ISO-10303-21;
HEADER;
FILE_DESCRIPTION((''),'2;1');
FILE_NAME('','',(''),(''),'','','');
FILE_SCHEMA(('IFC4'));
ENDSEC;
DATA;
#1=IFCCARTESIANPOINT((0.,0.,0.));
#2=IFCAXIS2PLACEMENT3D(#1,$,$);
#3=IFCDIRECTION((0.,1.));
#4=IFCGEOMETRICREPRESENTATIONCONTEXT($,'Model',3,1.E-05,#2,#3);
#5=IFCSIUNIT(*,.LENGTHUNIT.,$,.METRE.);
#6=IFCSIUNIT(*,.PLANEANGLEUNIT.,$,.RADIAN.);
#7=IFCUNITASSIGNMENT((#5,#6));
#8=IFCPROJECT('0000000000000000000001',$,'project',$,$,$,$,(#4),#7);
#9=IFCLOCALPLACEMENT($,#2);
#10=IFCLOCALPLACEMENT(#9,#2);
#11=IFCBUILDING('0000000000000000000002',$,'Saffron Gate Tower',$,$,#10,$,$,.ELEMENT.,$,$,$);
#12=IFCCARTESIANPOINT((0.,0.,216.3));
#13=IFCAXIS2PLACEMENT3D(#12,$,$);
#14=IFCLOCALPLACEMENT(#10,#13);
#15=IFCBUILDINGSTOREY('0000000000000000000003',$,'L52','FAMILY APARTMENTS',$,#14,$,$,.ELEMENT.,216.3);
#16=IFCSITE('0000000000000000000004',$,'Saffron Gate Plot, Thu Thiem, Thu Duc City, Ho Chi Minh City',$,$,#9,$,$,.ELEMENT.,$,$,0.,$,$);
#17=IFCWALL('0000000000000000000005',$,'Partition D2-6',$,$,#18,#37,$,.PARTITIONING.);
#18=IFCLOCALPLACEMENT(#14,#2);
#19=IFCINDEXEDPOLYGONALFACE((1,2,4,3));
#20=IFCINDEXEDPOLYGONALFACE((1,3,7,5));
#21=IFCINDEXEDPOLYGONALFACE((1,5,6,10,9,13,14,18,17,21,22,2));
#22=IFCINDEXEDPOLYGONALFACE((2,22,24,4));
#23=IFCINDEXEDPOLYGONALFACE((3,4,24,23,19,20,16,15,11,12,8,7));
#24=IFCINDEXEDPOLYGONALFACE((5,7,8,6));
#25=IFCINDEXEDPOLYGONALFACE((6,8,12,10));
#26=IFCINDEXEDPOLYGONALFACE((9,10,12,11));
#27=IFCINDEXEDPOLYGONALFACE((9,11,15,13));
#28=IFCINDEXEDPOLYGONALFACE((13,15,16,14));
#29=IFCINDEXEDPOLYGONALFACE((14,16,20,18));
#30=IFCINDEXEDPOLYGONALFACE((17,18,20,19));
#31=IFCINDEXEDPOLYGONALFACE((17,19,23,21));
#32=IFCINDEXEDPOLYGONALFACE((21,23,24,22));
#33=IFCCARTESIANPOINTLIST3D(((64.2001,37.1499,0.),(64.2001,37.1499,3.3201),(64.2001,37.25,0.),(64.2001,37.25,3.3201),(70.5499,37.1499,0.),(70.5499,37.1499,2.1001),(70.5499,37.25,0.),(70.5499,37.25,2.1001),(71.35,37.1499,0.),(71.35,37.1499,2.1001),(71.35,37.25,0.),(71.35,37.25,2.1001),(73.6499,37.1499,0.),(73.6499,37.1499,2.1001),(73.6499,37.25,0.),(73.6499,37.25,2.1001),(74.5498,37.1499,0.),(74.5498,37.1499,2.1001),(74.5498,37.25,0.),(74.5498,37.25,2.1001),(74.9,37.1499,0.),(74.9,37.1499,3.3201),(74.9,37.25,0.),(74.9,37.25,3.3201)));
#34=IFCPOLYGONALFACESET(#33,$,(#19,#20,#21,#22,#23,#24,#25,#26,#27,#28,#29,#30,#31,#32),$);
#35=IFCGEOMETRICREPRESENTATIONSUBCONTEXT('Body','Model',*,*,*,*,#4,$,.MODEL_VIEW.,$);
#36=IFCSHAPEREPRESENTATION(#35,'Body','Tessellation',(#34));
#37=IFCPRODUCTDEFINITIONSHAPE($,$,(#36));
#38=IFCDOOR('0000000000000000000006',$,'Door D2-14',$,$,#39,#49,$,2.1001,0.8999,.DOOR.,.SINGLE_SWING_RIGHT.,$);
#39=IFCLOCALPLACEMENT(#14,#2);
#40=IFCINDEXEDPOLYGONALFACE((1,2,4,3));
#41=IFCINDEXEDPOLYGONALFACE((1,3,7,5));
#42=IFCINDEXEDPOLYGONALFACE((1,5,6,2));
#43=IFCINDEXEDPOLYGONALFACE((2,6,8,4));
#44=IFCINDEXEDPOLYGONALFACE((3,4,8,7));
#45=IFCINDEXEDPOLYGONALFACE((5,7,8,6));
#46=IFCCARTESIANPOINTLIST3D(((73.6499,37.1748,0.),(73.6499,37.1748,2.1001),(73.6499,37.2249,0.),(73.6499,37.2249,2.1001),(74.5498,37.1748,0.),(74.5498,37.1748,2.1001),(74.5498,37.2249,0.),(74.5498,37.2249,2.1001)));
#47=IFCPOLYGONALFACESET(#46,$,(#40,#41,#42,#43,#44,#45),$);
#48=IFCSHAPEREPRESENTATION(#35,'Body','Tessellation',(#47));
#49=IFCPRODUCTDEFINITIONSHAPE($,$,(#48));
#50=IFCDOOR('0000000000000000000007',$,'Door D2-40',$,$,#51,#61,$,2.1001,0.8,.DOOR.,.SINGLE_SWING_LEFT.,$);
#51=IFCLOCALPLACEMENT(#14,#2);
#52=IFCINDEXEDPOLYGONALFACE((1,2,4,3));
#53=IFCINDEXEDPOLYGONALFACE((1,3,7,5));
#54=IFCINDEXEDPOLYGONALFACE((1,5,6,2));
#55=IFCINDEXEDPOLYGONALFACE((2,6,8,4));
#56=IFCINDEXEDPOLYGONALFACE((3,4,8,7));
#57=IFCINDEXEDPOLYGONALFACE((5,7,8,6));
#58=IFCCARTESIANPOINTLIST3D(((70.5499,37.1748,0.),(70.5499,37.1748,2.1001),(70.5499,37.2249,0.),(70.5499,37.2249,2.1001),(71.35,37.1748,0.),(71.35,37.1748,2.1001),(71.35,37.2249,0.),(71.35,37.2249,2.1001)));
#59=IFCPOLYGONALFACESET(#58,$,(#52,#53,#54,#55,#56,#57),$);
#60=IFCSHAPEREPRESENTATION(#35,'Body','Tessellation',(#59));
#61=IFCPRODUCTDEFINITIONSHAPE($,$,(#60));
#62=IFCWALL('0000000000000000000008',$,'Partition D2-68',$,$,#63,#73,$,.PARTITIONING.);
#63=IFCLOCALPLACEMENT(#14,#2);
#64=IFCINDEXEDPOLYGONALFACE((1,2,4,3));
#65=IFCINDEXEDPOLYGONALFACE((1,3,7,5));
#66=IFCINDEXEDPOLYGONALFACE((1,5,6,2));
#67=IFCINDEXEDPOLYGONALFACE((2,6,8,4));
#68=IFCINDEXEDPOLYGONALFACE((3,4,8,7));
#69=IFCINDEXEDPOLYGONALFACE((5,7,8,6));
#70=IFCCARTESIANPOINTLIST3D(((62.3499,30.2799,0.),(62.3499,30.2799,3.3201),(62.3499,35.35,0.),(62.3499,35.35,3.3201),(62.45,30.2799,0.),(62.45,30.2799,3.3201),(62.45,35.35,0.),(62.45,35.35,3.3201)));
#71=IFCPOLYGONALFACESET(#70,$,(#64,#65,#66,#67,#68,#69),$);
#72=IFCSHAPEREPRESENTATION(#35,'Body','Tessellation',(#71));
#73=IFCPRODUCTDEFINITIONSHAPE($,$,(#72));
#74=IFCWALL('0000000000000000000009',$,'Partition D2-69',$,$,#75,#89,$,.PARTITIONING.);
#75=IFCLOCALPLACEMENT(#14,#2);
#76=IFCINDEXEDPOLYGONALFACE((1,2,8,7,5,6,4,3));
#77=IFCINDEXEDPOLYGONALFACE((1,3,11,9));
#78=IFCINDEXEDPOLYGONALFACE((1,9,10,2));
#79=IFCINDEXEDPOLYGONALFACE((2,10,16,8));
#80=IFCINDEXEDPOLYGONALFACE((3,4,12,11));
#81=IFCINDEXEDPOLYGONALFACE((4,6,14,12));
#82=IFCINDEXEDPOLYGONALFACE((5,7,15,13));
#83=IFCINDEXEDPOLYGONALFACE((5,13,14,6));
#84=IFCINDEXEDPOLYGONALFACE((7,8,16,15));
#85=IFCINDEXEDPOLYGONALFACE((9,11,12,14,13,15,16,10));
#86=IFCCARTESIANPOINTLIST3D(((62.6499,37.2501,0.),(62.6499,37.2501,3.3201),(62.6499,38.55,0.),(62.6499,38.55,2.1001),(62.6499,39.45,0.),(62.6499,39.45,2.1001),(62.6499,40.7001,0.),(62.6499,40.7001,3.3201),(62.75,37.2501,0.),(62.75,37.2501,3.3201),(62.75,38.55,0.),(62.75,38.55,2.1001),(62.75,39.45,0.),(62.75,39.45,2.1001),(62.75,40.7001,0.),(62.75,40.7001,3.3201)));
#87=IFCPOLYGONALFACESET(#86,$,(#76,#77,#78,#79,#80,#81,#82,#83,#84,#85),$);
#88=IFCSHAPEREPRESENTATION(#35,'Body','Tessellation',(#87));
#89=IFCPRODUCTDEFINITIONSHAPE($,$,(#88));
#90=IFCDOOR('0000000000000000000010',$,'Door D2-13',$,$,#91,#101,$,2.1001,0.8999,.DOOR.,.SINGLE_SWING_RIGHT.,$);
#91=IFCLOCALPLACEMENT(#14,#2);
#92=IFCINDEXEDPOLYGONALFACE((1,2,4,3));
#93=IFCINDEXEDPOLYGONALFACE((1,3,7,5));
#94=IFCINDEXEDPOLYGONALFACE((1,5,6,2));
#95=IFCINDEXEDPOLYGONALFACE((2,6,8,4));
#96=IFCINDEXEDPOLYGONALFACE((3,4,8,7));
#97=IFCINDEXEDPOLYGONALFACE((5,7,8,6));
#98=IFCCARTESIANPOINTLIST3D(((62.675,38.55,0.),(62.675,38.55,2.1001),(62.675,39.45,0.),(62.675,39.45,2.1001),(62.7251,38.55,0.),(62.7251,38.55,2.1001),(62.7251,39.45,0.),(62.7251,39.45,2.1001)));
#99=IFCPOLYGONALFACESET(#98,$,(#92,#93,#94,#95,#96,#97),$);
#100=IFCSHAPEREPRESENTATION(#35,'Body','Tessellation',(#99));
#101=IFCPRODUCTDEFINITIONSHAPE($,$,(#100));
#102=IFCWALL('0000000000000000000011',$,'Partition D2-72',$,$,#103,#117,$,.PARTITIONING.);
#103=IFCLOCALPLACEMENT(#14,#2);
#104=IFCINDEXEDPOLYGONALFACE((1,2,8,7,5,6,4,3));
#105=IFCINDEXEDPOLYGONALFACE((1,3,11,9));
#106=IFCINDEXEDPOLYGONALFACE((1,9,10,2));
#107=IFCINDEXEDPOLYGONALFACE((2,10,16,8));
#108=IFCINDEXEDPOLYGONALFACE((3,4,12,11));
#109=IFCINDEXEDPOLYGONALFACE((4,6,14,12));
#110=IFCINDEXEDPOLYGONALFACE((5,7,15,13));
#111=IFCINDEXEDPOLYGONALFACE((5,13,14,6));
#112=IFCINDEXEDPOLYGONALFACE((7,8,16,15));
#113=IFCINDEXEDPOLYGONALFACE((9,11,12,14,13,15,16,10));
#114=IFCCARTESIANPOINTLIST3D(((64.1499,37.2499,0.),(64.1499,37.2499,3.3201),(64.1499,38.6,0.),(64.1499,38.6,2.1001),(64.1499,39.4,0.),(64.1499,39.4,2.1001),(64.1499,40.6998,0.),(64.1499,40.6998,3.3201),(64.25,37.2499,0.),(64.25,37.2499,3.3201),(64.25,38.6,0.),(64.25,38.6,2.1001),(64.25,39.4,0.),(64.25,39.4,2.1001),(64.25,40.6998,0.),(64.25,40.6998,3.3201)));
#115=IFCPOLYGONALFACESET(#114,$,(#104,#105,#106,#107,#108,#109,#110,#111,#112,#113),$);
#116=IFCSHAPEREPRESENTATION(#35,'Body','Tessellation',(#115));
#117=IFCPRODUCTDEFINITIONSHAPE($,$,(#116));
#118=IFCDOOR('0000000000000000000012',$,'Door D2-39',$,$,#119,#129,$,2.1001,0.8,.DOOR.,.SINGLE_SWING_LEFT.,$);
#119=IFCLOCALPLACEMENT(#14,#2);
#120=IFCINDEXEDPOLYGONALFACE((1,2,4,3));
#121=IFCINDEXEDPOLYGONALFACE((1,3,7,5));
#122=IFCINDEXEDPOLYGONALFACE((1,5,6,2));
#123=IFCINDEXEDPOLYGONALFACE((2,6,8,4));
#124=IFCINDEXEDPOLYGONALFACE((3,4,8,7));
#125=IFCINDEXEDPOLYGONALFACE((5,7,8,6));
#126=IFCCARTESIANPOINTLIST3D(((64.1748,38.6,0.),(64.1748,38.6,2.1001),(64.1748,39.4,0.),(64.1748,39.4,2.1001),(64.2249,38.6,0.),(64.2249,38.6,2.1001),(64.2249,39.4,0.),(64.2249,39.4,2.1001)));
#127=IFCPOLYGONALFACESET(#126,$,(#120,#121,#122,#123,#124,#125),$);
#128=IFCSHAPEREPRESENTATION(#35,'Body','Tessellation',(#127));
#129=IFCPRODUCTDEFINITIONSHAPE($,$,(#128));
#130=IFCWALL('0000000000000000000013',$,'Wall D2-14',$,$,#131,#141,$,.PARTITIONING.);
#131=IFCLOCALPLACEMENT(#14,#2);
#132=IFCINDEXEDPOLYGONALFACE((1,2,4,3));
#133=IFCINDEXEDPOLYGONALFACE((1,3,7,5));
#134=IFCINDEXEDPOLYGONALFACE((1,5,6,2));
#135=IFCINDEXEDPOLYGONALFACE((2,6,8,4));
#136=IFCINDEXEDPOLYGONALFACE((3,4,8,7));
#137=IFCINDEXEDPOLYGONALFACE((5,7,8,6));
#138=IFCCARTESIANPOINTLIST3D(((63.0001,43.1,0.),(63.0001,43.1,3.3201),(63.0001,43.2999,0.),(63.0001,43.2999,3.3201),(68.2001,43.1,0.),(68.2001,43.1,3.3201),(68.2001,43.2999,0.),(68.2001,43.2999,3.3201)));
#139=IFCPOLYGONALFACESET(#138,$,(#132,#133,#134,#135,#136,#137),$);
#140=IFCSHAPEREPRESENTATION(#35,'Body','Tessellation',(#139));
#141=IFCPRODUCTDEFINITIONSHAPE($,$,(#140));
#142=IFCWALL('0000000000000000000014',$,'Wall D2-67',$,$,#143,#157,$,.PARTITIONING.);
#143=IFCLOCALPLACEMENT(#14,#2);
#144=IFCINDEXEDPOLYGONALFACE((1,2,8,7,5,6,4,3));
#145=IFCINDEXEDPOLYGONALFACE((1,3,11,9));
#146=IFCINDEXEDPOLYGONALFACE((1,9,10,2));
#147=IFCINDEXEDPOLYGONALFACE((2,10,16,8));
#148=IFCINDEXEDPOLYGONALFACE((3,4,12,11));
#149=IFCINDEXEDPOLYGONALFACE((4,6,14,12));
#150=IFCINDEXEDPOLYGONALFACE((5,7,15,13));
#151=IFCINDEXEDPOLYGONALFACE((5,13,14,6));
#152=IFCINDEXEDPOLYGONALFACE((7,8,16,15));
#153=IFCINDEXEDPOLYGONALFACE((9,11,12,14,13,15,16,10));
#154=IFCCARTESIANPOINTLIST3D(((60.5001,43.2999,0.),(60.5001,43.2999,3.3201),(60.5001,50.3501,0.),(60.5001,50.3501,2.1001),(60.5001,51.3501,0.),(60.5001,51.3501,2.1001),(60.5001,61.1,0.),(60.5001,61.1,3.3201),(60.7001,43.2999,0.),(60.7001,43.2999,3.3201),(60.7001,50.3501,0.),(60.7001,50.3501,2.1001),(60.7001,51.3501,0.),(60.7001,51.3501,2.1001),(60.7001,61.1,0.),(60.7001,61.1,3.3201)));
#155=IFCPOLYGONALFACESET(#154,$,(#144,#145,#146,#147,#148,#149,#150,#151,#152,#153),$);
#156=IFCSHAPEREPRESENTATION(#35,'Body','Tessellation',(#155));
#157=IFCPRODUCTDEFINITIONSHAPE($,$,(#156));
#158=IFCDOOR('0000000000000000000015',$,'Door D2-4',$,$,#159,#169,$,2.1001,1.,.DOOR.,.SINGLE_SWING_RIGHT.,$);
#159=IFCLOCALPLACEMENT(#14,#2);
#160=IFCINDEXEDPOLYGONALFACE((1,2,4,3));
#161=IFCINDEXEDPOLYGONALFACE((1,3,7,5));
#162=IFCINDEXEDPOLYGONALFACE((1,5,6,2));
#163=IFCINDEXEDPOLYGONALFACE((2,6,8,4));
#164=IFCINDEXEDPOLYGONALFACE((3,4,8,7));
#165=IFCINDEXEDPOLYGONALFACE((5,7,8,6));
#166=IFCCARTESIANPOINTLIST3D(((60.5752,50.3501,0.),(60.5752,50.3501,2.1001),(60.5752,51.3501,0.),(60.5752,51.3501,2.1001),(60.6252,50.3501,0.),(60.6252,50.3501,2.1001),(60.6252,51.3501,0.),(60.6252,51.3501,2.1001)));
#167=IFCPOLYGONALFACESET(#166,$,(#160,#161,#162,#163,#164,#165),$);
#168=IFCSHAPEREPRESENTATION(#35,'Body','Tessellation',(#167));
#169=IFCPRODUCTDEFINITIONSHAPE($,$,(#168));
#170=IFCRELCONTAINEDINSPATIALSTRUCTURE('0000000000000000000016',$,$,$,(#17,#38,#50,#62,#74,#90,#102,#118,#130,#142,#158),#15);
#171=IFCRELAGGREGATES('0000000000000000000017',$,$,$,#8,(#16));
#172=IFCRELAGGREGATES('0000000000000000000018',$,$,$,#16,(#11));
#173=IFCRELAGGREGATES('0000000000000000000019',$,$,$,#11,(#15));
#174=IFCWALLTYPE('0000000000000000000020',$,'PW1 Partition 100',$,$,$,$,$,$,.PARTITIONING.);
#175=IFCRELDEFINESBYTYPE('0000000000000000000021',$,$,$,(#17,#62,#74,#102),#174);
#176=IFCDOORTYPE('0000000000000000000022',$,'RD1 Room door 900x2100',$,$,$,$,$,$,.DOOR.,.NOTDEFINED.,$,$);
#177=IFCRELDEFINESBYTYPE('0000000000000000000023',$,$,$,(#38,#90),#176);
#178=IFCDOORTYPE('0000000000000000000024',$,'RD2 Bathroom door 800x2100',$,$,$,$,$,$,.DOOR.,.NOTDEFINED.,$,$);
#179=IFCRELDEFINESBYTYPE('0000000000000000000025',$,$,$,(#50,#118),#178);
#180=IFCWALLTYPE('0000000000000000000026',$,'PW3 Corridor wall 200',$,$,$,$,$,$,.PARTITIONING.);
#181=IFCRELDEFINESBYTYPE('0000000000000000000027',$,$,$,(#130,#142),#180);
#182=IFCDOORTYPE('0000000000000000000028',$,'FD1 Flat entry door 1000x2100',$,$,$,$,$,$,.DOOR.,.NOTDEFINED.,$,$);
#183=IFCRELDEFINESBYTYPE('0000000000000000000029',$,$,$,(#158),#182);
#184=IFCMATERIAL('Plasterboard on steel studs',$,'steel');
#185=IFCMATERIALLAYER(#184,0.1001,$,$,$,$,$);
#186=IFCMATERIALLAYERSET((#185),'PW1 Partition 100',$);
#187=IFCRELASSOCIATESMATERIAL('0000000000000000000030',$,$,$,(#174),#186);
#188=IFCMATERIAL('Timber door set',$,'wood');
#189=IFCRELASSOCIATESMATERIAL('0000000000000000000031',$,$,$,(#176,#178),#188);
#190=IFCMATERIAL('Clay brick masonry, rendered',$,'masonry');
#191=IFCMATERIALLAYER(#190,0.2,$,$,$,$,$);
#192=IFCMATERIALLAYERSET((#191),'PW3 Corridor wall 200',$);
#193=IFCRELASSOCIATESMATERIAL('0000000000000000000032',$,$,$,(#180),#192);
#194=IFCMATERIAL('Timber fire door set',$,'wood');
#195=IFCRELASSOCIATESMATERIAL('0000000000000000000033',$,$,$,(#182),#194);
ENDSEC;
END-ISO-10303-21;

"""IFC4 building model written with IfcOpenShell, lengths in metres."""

from ifc_helpers import new_model, si_unit, direction, frame, frame_2d, origin, place, context, subcontext, project, spatial, rectangle, extrude, material, layer, layer_set, type_object, element, fill, save


model = new_model("IFC4")

# Units and contexts
model_context = context("Model", 3, precision=1e-05, world=origin(), true_north=direction((0.0, 1.0)))
body_context = subcontext(model_context, "Body", "Model", "MODEL_VIEW")
ifc_project = project(units=[si_unit("LENGTHUNIT", "METRE"), si_unit("PLANEANGLEUNIT", "RADIAN")], contexts=[model_context])

# Site, building, storey
site_placement = place(None, origin())
site = spatial("IfcSite", under=ifc_project, at=site_placement, Name="Saffron Gate Plot, Thu Thiem, Thu Duc City, Ho Chi Minh City", CompositionType="ELEMENT", RefElevation=0.0)
building_placement = place(site_placement, origin())
building = spatial("IfcBuilding", under=site, at=building_placement, Name="Saffron Gate Tower", CompositionType="ELEMENT")
storey_placement = place(building_placement, frame((0.0, 0.0, 216.3)))
storey = spatial("IfcBuildingStorey", under=building, at=storey_placement, Name="L52", Description="FAMILY APARTMENTS", CompositionType="ELEMENT", Elevation=216.3)

# Wall, openings, doors
ifc_material_1 = material(Name="Plasterboard on steel studs", Category="steel")
ifc_layer_1 = layer(ifc_material_1, 0.1001)
ifc_layer_set_1 = layer_set([ifc_layer_1], Name="PW1 Partition 100")
wall_type_1 = type_object("IfcWallType", Name="PW1 Partition 100", PredefinedType="PARTITIONING", material=ifc_layer_set_1)
wall_1_placement = place(storey_placement, frame((64.2, 37.2, 0.0), z_axis=(0.0, 0.0, 1.0), x_axis=(1.0, 0.0, 0.0)))
wall_1 = element("IfcWall", 1, at=wall_1_placement, inside=storey, type_object=wall_type_1, Name="Partition D2-6", PredefinedType="PARTITIONING", context=body_context, shape_type="SweptSolid", body=[
    extrude(rectangle(XDim=10.7, YDim=0.1001, at=frame_2d((5.3501, 0.0))), origin(), (0.0, 0.0, 1.0), 3.3201),
])
opening_1_placement = place(wall_1_placement, frame((6.3501, 0.0, 0.0)))
opening_1 = element("IfcOpeningElement", 2, at=opening_1_placement, cuts=wall_1, PredefinedType="OPENING", context=body_context, shape_type="SweptSolid", body=[
    extrude(rectangle(XDim=0.8, YDim=2.1001, at=frame_2d((0.3999, 1.05))), frame((0.0, 0.0601, 0.0), z_axis=(0.0, -1.0, 0.0), x_axis=(1.0, 0.0, 0.0)), (0.0, 0.0, 1.0), 0.1201),
])
opening_2_placement = place(wall_1_placement, frame((9.45, 0.0, 0.0)))
opening_2 = element("IfcOpeningElement", 3, at=opening_2_placement, cuts=wall_1, PredefinedType="OPENING", context=body_context, shape_type="SweptSolid", body=[
    extrude(rectangle(XDim=0.8999, YDim=2.1001, at=frame_2d((0.45, 1.05))), frame((0.0, 0.0601, 0.0), z_axis=(0.0, -1.0, 0.0), x_axis=(1.0, 0.0, 0.0)), (0.0, 0.0, 1.0), 0.1201),
])
ifc_material_2 = material(Name="Timber door set", Category="wood")
door_type_1 = type_object("IfcDoorType", Name="RD1 Room door 900x2100", OperationType="NOTDEFINED", PredefinedType="DOOR", material=ifc_material_2)
door_1_placement = place(opening_2_placement, origin())
door_1 = element("IfcDoor", 4, at=door_1_placement, inside=storey, type_object=door_type_1, Name="Door D2-14", OperationType="SINGLE_SWING_RIGHT", OverallHeight=2.1001, OverallWidth=0.8999, PredefinedType="DOOR", context=body_context, shape_type="SweptSolid", body=[
    extrude(rectangle(XDim=0.8999, YDim=2.1001, at=frame_2d((0.45, 1.05))), frame((0.0, 0.0249, 0.0), z_axis=(0.0, -1.0, 0.0), x_axis=(1.0, 0.0, 0.0)), (0.0, 0.0, 1.0), 0.05),
])
fill(opening_2, door_1)
door_type_2 = type_object("IfcDoorType", Name="RD2 Bathroom door 800x2100", OperationType="NOTDEFINED", PredefinedType="DOOR", material=ifc_material_2)
door_2_placement = place(opening_1_placement, origin())
door_2 = element("IfcDoor", 5, at=door_2_placement, inside=storey, type_object=door_type_2, Name="Door D2-40", OperationType="SINGLE_SWING_LEFT", OverallHeight=2.1001, OverallWidth=0.8, PredefinedType="DOOR", context=body_context, shape_type="SweptSolid", body=[
    extrude(rectangle(XDim=0.8, YDim=2.1001, at=frame_2d((0.3999, 1.05))), frame((0.0, 0.0249, 0.0), z_axis=(0.0, -1.0, 0.0), x_axis=(1.0, 0.0, 0.0)), (0.0, 0.0, 1.0), 0.05),
])
fill(opening_1, door_2)

# Wall
wall_2_placement = place(storey_placement, frame((62.3999, 35.3501, 0.0), z_axis=(0.0, 0.0, 1.0), x_axis=(0.0, -1.0, 0.0)))
element("IfcWall", 6, at=wall_2_placement, inside=storey, type_object=wall_type_1, Name="Partition D2-68", PredefinedType="PARTITIONING", context=body_context, shape_type="SweptSolid", body=[
    extrude(rectangle(XDim=5.0701, YDim=0.1001, at=frame_2d((2.5352, 0.0))), origin(), (0.0, 0.0, 1.0), 3.3201),
])

# Walls, openings, doors
wall_3_placement = place(storey_placement, frame((62.7, 37.25, 0.0), z_axis=(0.0, 0.0, 1.0), x_axis=(0.0, 1.0, 0.0)))
wall_3 = element("IfcWall", 7, at=wall_3_placement, inside=storey, type_object=wall_type_1, Name="Partition D2-69", PredefinedType="PARTITIONING", context=body_context, shape_type="SweptSolid", body=[
    extrude(rectangle(XDim=3.45, YDim=0.1001, at=frame_2d((1.7251, 0.0))), origin(), (0.0, 0.0, 1.0), 3.3201),
])
opening_3_placement = place(wall_3_placement, frame((1.3, 0.0, 0.0)))
opening_3 = element("IfcOpeningElement", 8, at=opening_3_placement, cuts=wall_3, PredefinedType="OPENING", context=body_context, shape_type="SweptSolid", body=[
    extrude(rectangle(XDim=0.8999, YDim=2.1001, at=frame_2d((0.45, 1.05))), frame((0.0, 0.0601, 0.0), z_axis=(0.0, -1.0, 0.0), x_axis=(1.0, 0.0, 0.0)), (0.0, 0.0, 1.0), 0.1201),
])
door_3_placement = place(opening_3_placement, origin())
door_3 = element("IfcDoor", 9, at=door_3_placement, inside=storey, type_object=door_type_1, Name="Door D2-13", OperationType="SINGLE_SWING_RIGHT", OverallHeight=2.1001, OverallWidth=0.8999, PredefinedType="DOOR", context=body_context, shape_type="SweptSolid", body=[
    extrude(rectangle(XDim=0.8999, YDim=2.1001, at=frame_2d((0.45, 1.05))), frame((0.0, 0.0249, 0.0), z_axis=(0.0, -1.0, 0.0), x_axis=(1.0, 0.0, 0.0)), (0.0, 0.0, 1.0), 0.05),
])
fill(opening_3, door_3)
wall_4_placement = place(storey_placement, frame((64.2, 40.7, 0.0), z_axis=(0.0, 0.0, 1.0), x_axis=(0.0, -1.0, 0.0)))
wall_4 = element("IfcWall", 10, at=wall_4_placement, inside=storey, type_object=wall_type_1, Name="Partition D2-72", PredefinedType="PARTITIONING", context=body_context, shape_type="SweptSolid", body=[
    extrude(rectangle(XDim=3.45, YDim=0.1001, at=frame_2d((1.7251, 0.0))), origin(), (0.0, 0.0, 1.0), 3.3201),
])
opening_4_placement = place(wall_4_placement, frame((1.3, 0.0, 0.0)))
opening_4 = element("IfcOpeningElement", 11, at=opening_4_placement, cuts=wall_4, PredefinedType="OPENING", context=body_context, shape_type="SweptSolid", body=[
    extrude(rectangle(XDim=0.8, YDim=2.1001, at=frame_2d((0.3999, 1.05))), frame((0.0, 0.0601, 0.0), z_axis=(0.0, -1.0, 0.0), x_axis=(1.0, 0.0, 0.0)), (0.0, 0.0, 1.0), 0.1201),
])
door_4_placement = place(opening_4_placement, origin())
door_4 = element("IfcDoor", 12, at=door_4_placement, inside=storey, type_object=door_type_2, Name="Door D2-39", OperationType="SINGLE_SWING_LEFT", OverallHeight=2.1001, OverallWidth=0.8, PredefinedType="DOOR", context=body_context, shape_type="SweptSolid", body=[
    extrude(rectangle(XDim=0.8, YDim=2.1001, at=frame_2d((0.3999, 1.05))), frame((0.0, 0.0249, 0.0), z_axis=(0.0, -1.0, 0.0), x_axis=(1.0, 0.0, 0.0)), (0.0, 0.0, 1.0), 0.05),
])
fill(opening_4, door_4)

# Wall
ifc_material_3 = material(Name="Clay brick masonry, rendered", Category="masonry")
ifc_layer_2 = layer(ifc_material_3, 0.2)
ifc_layer_set_2 = layer_set([ifc_layer_2], Name="PW3 Corridor wall 200")
wall_type_2 = type_object("IfcWallType", Name="PW3 Corridor wall 200", PredefinedType="PARTITIONING", material=ifc_layer_set_2)
wall_5_placement = place(storey_placement, frame((63.0, 43.2, 0.0), z_axis=(0.0, 0.0, 1.0), x_axis=(1.0, 0.0, 0.0)))
element("IfcWall", 13, at=wall_5_placement, inside=storey, type_object=wall_type_2, Name="Wall D2-14", PredefinedType="PARTITIONING", context=body_context, shape_type="SweptSolid", body=[
    extrude(rectangle(XDim=5.2, YDim=0.2, at=frame_2d((2.6001, 0.0))), origin(), (0.0, 0.0, 1.0), 3.3201),
])

# Wall, opening, door
wall_6_placement = place(storey_placement, frame((60.6001, 43.3, 0.0), z_axis=(0.0, 0.0, 1.0), x_axis=(0.0, 1.0, 0.0)))
wall_6 = element("IfcWall", 14, at=wall_6_placement, inside=storey, type_object=wall_type_2, Name="Wall D2-67", PredefinedType="PARTITIONING", context=body_context, shape_type="SweptSolid", body=[
    extrude(rectangle(XDim=17.8, YDim=0.2, at=frame_2d((8.8999, 0.0))), origin(), (0.0, 0.0, 1.0), 3.3201),
])
opening_5_placement = place(wall_6_placement, frame((7.05, 0.0, 0.0)))
opening_5 = element("IfcOpeningElement", 15, at=opening_5_placement, cuts=wall_6, PredefinedType="OPENING", context=body_context, shape_type="SweptSolid", body=[
    extrude(rectangle(XDim=1.0, YDim=2.1001, at=frame_2d((0.5, 1.05))), frame((0.0, 0.1099, 0.0), z_axis=(0.0, -1.0, 0.0), x_axis=(1.0, 0.0, 0.0)), (0.0, 0.0, 1.0), 0.22),
])
ifc_material_4 = material(Name="Timber fire door set", Category="wood")
door_type_3 = type_object("IfcDoorType", Name="FD1 Flat entry door 1000x2100", OperationType="NOTDEFINED", PredefinedType="DOOR", material=ifc_material_4)
door_5_placement = place(opening_5_placement, origin())
door_5 = element("IfcDoor", 16, at=door_5_placement, inside=storey, type_object=door_type_3, Name="Door D2-4", OperationType="SINGLE_SWING_RIGHT", OverallHeight=2.1001, OverallWidth=1.0, PredefinedType="DOOR", context=body_context, shape_type="SweptSolid", body=[
    extrude(rectangle(XDim=1.0, YDim=2.1001, at=frame_2d((0.5, 1.05))), frame((0.0, 0.0249, 0.0), z_axis=(0.0, -1.0, 0.0), x_axis=(1.0, 0.0, 0.0)), (0.0, 0.0, 1.0), 0.05),
])
fill(opening_5, door_5)

save(model, "model.ifc")
